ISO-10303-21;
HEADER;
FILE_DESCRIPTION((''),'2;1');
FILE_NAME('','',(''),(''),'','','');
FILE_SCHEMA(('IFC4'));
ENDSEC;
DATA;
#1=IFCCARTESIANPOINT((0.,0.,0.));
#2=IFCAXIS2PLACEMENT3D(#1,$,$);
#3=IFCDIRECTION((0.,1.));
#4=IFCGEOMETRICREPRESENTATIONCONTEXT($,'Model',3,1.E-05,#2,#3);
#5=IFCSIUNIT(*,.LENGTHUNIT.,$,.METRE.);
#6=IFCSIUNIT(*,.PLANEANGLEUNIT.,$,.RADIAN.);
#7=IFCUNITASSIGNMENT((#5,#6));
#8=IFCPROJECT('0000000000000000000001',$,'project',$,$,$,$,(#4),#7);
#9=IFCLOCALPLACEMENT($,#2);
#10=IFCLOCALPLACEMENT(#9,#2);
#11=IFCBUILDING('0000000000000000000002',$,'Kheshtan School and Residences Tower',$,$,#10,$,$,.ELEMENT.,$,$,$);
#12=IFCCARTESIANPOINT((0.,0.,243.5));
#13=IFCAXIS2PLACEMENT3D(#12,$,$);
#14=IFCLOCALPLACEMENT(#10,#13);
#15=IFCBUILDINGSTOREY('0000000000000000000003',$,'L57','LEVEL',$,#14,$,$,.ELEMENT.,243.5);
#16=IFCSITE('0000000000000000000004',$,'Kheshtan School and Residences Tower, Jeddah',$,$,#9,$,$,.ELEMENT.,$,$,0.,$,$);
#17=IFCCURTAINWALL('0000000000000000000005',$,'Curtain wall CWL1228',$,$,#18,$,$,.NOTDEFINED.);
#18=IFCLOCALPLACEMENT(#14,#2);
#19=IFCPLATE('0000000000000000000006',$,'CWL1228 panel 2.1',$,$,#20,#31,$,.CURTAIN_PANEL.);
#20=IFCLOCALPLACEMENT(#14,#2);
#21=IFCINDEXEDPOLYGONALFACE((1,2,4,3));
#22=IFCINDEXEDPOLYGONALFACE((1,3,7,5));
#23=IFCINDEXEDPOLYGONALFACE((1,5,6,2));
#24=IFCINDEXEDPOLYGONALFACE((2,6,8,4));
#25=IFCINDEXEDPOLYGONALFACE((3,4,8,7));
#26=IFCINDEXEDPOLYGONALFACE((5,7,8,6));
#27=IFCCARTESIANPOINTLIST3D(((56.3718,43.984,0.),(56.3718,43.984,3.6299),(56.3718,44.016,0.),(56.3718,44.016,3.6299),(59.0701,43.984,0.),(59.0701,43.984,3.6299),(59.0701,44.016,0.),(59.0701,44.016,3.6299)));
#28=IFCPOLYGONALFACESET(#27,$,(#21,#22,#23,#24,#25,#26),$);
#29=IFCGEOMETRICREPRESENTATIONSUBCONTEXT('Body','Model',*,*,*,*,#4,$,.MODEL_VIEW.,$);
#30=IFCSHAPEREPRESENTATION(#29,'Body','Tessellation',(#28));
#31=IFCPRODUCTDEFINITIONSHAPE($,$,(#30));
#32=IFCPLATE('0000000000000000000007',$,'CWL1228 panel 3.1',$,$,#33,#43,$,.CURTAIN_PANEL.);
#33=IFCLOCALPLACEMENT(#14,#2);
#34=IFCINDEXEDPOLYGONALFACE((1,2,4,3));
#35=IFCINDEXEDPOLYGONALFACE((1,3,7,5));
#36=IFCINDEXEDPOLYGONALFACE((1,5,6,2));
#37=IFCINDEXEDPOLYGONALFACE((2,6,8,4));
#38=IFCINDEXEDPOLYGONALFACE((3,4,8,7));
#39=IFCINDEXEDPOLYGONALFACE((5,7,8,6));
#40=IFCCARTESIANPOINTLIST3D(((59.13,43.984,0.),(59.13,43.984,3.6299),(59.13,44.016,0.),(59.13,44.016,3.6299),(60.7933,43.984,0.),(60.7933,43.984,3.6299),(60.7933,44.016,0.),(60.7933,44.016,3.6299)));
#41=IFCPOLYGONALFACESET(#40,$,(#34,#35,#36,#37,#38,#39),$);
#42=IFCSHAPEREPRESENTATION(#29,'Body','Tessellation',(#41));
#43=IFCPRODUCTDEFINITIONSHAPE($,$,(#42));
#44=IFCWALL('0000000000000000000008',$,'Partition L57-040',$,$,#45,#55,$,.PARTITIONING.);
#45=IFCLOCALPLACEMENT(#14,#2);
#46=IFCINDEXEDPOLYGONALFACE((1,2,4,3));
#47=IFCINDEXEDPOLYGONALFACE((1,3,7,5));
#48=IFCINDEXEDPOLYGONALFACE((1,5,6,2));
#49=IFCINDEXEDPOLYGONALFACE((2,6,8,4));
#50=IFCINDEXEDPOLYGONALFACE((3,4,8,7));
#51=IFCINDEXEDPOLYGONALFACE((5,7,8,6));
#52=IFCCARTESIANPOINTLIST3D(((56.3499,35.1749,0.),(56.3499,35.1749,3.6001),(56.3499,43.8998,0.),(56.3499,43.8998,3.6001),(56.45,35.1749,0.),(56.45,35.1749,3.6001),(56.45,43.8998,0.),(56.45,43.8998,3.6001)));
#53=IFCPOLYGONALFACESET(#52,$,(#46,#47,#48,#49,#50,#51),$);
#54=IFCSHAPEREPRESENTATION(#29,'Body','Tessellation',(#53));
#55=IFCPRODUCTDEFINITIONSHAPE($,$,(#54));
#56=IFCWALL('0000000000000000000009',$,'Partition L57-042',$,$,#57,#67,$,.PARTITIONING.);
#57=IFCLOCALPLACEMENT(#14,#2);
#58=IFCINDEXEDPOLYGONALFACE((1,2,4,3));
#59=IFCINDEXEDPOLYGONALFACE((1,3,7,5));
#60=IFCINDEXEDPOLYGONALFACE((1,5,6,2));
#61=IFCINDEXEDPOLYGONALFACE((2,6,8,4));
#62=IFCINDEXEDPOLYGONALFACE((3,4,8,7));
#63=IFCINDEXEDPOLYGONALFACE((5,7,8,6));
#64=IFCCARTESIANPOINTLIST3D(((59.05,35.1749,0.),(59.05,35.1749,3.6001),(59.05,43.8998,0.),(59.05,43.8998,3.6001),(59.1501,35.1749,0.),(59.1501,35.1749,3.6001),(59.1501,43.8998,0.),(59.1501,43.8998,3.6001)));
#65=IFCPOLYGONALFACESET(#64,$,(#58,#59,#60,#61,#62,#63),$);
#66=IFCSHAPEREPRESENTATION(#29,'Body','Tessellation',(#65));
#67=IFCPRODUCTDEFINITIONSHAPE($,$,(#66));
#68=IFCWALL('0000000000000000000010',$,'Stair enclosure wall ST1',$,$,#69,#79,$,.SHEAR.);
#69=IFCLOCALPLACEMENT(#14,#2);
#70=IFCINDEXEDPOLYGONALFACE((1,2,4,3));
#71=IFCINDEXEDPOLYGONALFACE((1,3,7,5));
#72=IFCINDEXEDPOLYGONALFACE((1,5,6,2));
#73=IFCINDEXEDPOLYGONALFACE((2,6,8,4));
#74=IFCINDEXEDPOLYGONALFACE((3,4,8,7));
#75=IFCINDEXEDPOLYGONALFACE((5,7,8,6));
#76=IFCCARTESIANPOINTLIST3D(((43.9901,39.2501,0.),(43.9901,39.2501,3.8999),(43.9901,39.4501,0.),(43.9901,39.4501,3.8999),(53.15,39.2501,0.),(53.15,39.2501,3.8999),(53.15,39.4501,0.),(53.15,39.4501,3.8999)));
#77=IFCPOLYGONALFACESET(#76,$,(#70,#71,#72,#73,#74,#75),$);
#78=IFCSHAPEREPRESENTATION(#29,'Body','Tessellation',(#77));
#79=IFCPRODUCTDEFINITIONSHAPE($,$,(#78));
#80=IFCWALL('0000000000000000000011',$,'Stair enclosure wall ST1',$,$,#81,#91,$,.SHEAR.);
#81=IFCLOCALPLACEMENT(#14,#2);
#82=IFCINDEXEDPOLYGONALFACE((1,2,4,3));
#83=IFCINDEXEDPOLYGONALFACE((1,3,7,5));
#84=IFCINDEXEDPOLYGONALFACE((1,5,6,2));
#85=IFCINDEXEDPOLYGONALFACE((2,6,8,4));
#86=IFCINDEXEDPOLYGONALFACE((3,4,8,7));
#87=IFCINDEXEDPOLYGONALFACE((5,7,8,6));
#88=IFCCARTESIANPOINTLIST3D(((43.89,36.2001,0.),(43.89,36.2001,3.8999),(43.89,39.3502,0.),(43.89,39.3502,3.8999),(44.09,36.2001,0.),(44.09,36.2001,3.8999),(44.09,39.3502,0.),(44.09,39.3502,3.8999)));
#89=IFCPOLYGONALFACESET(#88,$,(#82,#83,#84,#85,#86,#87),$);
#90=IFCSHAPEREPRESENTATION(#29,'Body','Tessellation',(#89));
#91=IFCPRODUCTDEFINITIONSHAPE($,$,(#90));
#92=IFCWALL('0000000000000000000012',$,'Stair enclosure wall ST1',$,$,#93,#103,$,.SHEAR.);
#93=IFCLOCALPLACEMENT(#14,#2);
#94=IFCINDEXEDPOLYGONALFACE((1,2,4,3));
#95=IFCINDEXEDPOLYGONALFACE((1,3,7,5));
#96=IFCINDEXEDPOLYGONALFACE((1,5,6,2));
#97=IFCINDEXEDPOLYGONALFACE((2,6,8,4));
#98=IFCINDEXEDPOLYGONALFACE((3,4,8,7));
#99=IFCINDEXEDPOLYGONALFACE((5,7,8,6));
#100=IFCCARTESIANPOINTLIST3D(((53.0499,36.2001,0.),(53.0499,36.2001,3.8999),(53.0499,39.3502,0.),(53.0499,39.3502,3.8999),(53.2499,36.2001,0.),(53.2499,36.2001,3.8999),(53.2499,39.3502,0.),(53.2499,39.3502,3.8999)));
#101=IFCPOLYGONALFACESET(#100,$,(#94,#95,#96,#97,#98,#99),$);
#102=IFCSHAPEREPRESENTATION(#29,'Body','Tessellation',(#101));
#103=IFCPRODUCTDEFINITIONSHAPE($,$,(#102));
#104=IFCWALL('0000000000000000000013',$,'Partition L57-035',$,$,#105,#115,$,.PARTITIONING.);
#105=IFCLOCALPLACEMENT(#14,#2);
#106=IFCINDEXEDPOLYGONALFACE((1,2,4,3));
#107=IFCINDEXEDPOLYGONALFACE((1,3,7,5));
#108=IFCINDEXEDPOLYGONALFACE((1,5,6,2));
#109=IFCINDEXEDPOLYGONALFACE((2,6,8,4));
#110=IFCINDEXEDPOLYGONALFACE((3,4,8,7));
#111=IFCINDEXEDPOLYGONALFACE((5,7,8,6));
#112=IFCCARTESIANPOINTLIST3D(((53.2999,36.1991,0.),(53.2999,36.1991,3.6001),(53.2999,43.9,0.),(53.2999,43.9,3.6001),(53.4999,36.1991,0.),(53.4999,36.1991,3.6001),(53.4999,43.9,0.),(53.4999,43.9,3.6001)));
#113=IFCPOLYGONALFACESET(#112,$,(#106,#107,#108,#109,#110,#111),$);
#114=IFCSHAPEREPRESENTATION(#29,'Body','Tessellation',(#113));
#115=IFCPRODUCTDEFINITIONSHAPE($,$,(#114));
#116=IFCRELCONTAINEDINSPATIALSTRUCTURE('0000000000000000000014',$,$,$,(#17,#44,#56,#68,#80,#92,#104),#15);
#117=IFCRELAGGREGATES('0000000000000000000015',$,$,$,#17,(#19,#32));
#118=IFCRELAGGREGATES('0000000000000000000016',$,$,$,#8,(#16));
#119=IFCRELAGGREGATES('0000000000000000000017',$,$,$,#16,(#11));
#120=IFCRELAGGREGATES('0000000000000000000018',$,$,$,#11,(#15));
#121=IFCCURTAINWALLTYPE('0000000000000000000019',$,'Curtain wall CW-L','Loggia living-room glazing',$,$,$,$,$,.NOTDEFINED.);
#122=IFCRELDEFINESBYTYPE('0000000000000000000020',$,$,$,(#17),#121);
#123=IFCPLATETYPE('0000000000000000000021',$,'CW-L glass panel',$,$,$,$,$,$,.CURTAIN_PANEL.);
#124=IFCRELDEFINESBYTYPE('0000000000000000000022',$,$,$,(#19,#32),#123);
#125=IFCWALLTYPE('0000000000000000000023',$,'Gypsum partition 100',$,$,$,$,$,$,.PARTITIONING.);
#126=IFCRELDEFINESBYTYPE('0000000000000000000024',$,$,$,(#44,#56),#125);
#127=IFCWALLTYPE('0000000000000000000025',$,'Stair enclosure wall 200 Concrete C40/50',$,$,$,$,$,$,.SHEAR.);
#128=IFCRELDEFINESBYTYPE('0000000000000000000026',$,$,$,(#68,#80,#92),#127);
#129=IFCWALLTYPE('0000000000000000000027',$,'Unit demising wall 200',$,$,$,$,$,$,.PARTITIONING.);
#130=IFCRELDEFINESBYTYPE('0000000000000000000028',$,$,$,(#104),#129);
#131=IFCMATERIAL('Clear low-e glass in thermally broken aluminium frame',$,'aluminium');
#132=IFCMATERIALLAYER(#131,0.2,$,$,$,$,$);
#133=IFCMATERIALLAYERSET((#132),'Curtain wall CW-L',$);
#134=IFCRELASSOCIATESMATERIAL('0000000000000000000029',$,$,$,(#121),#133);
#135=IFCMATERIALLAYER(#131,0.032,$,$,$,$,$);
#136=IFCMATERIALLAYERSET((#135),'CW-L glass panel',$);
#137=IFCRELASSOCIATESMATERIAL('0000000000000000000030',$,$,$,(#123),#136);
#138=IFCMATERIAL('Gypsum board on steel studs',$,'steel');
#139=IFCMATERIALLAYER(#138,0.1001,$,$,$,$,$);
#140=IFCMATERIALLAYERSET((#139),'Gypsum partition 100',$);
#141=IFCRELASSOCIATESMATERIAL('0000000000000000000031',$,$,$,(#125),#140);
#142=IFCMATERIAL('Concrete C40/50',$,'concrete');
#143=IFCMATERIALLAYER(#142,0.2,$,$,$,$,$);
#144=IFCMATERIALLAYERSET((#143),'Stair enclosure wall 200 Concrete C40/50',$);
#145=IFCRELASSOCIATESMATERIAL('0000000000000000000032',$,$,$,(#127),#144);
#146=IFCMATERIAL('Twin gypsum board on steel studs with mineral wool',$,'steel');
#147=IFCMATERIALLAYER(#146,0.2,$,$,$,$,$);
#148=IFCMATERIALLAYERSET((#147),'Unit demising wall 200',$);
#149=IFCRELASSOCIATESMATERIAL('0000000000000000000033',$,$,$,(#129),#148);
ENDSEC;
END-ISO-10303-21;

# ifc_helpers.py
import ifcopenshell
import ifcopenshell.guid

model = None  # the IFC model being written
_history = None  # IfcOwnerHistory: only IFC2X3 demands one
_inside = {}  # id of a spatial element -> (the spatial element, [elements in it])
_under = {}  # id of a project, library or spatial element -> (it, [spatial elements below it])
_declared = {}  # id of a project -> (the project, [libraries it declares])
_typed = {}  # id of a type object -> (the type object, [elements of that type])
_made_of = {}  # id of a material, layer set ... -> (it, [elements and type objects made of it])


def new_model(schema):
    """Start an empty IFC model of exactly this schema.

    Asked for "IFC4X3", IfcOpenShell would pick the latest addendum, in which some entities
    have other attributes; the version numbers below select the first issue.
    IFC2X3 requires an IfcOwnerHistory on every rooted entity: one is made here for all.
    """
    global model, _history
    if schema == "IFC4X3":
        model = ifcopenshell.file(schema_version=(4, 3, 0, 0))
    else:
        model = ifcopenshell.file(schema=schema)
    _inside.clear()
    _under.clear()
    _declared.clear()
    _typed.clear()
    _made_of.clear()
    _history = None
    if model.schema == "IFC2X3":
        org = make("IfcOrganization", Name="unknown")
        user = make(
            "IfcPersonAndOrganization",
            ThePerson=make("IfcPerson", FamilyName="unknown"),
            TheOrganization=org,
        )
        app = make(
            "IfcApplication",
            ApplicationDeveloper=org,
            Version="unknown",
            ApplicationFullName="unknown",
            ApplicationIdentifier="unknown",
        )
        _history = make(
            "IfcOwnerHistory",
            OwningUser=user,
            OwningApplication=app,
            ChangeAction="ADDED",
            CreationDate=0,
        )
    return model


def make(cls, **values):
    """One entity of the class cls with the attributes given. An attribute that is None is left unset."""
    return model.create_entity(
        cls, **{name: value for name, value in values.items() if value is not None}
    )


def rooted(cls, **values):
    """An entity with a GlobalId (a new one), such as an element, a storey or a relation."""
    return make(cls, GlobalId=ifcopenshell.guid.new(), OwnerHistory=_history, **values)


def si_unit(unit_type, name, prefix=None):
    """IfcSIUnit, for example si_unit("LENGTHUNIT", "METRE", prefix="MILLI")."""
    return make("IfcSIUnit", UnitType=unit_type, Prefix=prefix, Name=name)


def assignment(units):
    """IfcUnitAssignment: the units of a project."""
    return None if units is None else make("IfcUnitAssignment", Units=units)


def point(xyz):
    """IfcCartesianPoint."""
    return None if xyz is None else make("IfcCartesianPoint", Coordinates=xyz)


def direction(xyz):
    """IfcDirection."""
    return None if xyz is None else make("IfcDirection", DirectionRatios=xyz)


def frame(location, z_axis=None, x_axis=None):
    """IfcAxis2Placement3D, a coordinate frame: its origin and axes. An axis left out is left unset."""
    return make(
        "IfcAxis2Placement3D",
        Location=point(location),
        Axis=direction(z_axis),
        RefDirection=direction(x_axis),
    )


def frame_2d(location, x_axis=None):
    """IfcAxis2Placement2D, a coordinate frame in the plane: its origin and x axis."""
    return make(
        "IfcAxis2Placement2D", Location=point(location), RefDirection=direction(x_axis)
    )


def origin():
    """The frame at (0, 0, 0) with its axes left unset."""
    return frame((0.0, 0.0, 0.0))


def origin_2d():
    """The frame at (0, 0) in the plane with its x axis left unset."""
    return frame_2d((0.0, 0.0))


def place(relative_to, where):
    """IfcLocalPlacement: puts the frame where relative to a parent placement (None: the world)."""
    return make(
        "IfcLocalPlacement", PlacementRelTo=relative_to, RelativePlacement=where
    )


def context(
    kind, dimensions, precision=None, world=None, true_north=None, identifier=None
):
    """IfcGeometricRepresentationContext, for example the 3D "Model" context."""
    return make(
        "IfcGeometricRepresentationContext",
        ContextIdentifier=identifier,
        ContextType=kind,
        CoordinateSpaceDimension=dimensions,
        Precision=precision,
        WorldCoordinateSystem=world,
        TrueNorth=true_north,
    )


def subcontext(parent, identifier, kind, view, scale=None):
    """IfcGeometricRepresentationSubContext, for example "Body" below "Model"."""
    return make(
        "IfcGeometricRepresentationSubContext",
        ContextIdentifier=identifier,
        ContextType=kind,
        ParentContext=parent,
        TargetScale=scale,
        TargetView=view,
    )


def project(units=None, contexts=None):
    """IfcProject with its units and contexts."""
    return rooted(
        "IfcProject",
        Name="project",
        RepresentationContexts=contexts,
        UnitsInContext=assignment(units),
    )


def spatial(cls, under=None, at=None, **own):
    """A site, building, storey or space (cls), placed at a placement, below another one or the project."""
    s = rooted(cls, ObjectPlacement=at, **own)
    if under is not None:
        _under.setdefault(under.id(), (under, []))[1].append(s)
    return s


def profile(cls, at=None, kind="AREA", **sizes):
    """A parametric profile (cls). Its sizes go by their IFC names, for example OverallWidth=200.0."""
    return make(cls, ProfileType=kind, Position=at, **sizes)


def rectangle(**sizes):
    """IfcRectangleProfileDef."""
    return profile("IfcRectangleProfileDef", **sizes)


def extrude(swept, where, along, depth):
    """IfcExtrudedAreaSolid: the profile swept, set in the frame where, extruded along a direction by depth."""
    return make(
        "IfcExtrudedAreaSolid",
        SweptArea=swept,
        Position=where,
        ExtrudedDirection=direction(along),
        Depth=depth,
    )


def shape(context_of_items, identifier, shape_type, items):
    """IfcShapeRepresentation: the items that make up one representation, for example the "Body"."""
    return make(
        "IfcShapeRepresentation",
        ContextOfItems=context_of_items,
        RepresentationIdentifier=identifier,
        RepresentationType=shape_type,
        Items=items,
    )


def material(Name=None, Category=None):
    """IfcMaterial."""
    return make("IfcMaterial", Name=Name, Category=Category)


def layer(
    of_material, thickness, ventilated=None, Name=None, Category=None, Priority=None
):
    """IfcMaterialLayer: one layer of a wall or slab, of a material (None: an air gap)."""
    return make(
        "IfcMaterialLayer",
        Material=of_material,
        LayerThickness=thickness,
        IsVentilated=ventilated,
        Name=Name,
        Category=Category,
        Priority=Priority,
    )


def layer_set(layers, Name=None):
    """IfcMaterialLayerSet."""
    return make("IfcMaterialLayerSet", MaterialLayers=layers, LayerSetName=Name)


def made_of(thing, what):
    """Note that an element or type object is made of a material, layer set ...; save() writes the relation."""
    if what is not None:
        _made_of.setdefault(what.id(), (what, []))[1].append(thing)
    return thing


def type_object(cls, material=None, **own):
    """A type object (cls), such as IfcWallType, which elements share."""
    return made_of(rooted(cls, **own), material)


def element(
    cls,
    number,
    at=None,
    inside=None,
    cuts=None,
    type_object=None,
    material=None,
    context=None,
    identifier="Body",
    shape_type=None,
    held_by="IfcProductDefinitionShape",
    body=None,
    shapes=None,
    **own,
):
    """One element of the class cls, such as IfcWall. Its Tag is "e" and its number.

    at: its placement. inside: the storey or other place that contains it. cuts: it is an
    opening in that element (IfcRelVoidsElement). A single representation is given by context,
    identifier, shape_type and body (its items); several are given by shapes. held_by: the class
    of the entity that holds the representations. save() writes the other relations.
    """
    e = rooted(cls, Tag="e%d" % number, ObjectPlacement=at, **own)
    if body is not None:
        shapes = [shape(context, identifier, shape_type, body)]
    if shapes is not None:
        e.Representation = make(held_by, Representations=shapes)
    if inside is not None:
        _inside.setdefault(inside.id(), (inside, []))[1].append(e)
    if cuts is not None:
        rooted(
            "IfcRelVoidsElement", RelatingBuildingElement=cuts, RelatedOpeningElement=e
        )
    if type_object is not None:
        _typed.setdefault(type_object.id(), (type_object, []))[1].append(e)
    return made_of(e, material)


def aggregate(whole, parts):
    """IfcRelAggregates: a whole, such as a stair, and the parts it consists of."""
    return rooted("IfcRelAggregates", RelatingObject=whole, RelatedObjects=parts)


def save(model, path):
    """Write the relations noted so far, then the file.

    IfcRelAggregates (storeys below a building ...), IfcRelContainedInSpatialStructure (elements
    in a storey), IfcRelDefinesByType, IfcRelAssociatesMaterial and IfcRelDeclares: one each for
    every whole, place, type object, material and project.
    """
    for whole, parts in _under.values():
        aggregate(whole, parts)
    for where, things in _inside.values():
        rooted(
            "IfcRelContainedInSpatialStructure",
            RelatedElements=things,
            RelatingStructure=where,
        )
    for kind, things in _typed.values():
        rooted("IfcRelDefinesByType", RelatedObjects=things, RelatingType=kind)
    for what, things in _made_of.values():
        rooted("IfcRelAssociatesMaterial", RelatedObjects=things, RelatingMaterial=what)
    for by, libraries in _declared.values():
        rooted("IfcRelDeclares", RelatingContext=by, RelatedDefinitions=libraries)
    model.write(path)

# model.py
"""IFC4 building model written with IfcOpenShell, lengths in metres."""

from ifc_helpers import new_model, si_unit, direction, frame, frame_2d, origin, origin_2d, place, context, subcontext, project, spatial, rectangle, extrude, material, layer, layer_set, type_object, element, aggregate, save


model = new_model("IFC4")

# Units and contexts
model_context = context("Model", 3, precision=1e-05, world=origin(), true_north=direction((0.0, 1.0)))
body_context = subcontext(model_context, "Body", "Model", "MODEL_VIEW")
ifc_project = project(units=[si_unit("LENGTHUNIT", "METRE"), si_unit("PLANEANGLEUNIT", "RADIAN")], contexts=[model_context])

# Site, building, storey
site_placement = place(None, origin())
site = spatial("IfcSite", under=ifc_project, at=site_placement, Name="Kheshtan School and Residences Tower, Jeddah", CompositionType="ELEMENT", RefElevation=0.0)
building_placement = place(site_placement, origin())
building = spatial("IfcBuilding", under=site, at=building_placement, Name="Kheshtan School and Residences Tower", CompositionType="ELEMENT")
storey_placement = place(building_placement, frame((0.0, 0.0, 243.5)))
storey = spatial("IfcBuildingStorey", under=building, at=storey_placement, Name="L57", Description="LEVEL", CompositionType="ELEMENT", Elevation=243.5)

# Curtain wall, plates
ifc_material_1 = material(Name="Clear low-e glass in thermally broken aluminium frame", Category="aluminium")
ifc_layer_1 = layer(ifc_material_1, 0.2)
ifc_layer_set_1 = layer_set([ifc_layer_1], Name="Curtain wall CW-L")
curtain_wall_type = type_object("IfcCurtainWallType", Name="Curtain wall CW-L", Description="Loggia living-room glazing", PredefinedType="NOTDEFINED", material=ifc_layer_set_1)
curtain_wall_placement = place(storey_placement, origin())
curtain_wall = element("IfcCurtainWall", 1, at=curtain_wall_placement, inside=storey, type_object=curtain_wall_type, Name="Curtain wall CWL1228", PredefinedType="NOTDEFINED")
ifc_layer_2 = layer(ifc_material_1, 0.032)
ifc_layer_set_2 = layer_set([ifc_layer_2], Name="CW-L glass panel")
plate_type = type_object("IfcPlateType", Name="CW-L glass panel", PredefinedType="CURTAIN_PANEL", material=ifc_layer_set_2)
plate_1_placement = place(storey_placement, frame((57.7209, 44.0, 0.0), z_axis=(0.0, 0.0, 1.0), x_axis=(1.0, 0.0, 0.0)))
plate_1 = element("IfcPlate", 2, at=plate_1_placement, type_object=plate_type, Name="CWL1228 panel 2.1", PredefinedType="CURTAIN_PANEL", context=body_context, shape_type="SweptSolid", body=[
    extrude(rectangle(XDim=2.6982, YDim=0.032, at=origin_2d()), origin(), (0.0, 0.0, 1.0), 3.6299),
])
plate_2_placement = place(storey_placement, frame((59.9617, 44.0, 0.0), z_axis=(0.0, 0.0, 1.0), x_axis=(1.0, 0.0, 0.0)))
plate_2 = element("IfcPlate", 3, at=plate_2_placement, type_object=plate_type, Name="CWL1228 panel 3.1", PredefinedType="CURTAIN_PANEL", context=body_context, shape_type="SweptSolid", body=[
    extrude(rectangle(XDim=1.6633, YDim=0.032, at=origin_2d()), origin(), (0.0, 0.0, 1.0), 3.6299),
])
aggregate(curtain_wall, [plate_1, plate_2])

# Walls
ifc_material_2 = material(Name="Gypsum board on steel studs", Category="steel")
ifc_layer_3 = layer(ifc_material_2, 0.1001)
ifc_layer_set_3 = layer_set([ifc_layer_3], Name="Gypsum partition 100")
wall_type_1 = type_object("IfcWallType", Name="Gypsum partition 100", PredefinedType="PARTITIONING", material=ifc_layer_set_3)
for number, where, z_axis, x_axis, name in (
    (4, (56.3999, 35.175, 0.0), (0.0, 0.0, 1.0), (0.0, 1.0, 0.0), "Partition L57-040"),
    (5, (59.1001, 35.175, 0.0), (0.0, 0.0, 1.0), (0.0, 1.0, 0.0), "Partition L57-042"),
):
    element("IfcWall", number, at=place(storey_placement, frame(where, z_axis=z_axis, x_axis=x_axis)), inside=storey, type_object=wall_type_1, Name=name, PredefinedType="PARTITIONING", context=body_context, shape_type="SweptSolid", body=[
        extrude(rectangle(XDim=8.7249, YDim=0.1001, at=frame_2d((4.3623, 0.0))), origin(), (0.0, 0.0, 1.0), 3.6001),
    ])
ifc_material_3 = material(Name="Concrete C40/50", Category="concrete")
ifc_layer_4 = layer(ifc_material_3, 0.2)
ifc_layer_set_4 = layer_set([ifc_layer_4], Name="Stair enclosure wall 200 Concrete C40/50")
wall_type_2 = type_object("IfcWallType", Name="Stair enclosure wall 200 Concrete C40/50", PredefinedType="SHEAR", material=ifc_layer_set_4)
wall_1_placement = place(storey_placement, frame((43.99, 39.3501, 0.0), z_axis=(0.0, 0.0, 1.0), x_axis=(1.0, 0.0, 0.0)))
element("IfcWall", 6, at=wall_1_placement, inside=storey, type_object=wall_type_2, Name="Stair enclosure wall ST1", PredefinedType="SHEAR", context=body_context, shape_type="SweptSolid", body=[
    extrude(rectangle(XDim=9.1599, YDim=0.2, at=frame_2d((4.5801, 0.0))), origin(), (0.0, 0.0, 1.0), 3.8999),
])
for number, where, z_axis, x_axis, name in (
    (7, (43.99, 36.2, 0.0), (0.0, 0.0, 1.0), (0.0, 1.0, 0.0), "Stair enclosure wall ST1"),
    (8, (53.1499, 36.2, 0.0), (0.0, 0.0, 1.0), (0.0, 1.0, 0.0), "Stair enclosure wall ST1"),
):
    element("IfcWall", number, at=place(storey_placement, frame(where, z_axis=z_axis, x_axis=x_axis)), inside=storey, type_object=wall_type_2, Name=name, PredefinedType="SHEAR", context=body_context, shape_type="SweptSolid", body=[
        extrude(rectangle(XDim=3.1501, YDim=0.2, at=frame_2d((1.5752, 0.0))), origin(), (0.0, 0.0, 1.0), 3.8999),
    ])
ifc_material_4 = material(Name="Twin gypsum board on steel studs with mineral wool", Category="steel")
ifc_layer_5 = layer(ifc_material_4, 0.2)
ifc_layer_set_5 = layer_set([ifc_layer_5], Name="Unit demising wall 200")
wall_type_3 = type_object("IfcWallType", Name="Unit demising wall 200", PredefinedType="PARTITIONING", material=ifc_layer_set_5)
wall_2_placement = place(storey_placement, frame((53.3999, 36.199, 0.0), z_axis=(0.0, 0.0, 1.0), x_axis=(0.0, 1.0, 0.0)))
element("IfcWall", 9, at=wall_2_placement, inside=storey, type_object=wall_type_3, Name="Partition L57-035", PredefinedType="PARTITIONING", context=body_context, shape_type="SweptSolid", body=[
    extrude(rectangle(XDim=7.7009, YDim=0.2, at=frame_2d((3.8506, 0.0))), origin(), (0.0, 0.0, 1.0), 3.6001),
])

save(model, "model.ifc")
